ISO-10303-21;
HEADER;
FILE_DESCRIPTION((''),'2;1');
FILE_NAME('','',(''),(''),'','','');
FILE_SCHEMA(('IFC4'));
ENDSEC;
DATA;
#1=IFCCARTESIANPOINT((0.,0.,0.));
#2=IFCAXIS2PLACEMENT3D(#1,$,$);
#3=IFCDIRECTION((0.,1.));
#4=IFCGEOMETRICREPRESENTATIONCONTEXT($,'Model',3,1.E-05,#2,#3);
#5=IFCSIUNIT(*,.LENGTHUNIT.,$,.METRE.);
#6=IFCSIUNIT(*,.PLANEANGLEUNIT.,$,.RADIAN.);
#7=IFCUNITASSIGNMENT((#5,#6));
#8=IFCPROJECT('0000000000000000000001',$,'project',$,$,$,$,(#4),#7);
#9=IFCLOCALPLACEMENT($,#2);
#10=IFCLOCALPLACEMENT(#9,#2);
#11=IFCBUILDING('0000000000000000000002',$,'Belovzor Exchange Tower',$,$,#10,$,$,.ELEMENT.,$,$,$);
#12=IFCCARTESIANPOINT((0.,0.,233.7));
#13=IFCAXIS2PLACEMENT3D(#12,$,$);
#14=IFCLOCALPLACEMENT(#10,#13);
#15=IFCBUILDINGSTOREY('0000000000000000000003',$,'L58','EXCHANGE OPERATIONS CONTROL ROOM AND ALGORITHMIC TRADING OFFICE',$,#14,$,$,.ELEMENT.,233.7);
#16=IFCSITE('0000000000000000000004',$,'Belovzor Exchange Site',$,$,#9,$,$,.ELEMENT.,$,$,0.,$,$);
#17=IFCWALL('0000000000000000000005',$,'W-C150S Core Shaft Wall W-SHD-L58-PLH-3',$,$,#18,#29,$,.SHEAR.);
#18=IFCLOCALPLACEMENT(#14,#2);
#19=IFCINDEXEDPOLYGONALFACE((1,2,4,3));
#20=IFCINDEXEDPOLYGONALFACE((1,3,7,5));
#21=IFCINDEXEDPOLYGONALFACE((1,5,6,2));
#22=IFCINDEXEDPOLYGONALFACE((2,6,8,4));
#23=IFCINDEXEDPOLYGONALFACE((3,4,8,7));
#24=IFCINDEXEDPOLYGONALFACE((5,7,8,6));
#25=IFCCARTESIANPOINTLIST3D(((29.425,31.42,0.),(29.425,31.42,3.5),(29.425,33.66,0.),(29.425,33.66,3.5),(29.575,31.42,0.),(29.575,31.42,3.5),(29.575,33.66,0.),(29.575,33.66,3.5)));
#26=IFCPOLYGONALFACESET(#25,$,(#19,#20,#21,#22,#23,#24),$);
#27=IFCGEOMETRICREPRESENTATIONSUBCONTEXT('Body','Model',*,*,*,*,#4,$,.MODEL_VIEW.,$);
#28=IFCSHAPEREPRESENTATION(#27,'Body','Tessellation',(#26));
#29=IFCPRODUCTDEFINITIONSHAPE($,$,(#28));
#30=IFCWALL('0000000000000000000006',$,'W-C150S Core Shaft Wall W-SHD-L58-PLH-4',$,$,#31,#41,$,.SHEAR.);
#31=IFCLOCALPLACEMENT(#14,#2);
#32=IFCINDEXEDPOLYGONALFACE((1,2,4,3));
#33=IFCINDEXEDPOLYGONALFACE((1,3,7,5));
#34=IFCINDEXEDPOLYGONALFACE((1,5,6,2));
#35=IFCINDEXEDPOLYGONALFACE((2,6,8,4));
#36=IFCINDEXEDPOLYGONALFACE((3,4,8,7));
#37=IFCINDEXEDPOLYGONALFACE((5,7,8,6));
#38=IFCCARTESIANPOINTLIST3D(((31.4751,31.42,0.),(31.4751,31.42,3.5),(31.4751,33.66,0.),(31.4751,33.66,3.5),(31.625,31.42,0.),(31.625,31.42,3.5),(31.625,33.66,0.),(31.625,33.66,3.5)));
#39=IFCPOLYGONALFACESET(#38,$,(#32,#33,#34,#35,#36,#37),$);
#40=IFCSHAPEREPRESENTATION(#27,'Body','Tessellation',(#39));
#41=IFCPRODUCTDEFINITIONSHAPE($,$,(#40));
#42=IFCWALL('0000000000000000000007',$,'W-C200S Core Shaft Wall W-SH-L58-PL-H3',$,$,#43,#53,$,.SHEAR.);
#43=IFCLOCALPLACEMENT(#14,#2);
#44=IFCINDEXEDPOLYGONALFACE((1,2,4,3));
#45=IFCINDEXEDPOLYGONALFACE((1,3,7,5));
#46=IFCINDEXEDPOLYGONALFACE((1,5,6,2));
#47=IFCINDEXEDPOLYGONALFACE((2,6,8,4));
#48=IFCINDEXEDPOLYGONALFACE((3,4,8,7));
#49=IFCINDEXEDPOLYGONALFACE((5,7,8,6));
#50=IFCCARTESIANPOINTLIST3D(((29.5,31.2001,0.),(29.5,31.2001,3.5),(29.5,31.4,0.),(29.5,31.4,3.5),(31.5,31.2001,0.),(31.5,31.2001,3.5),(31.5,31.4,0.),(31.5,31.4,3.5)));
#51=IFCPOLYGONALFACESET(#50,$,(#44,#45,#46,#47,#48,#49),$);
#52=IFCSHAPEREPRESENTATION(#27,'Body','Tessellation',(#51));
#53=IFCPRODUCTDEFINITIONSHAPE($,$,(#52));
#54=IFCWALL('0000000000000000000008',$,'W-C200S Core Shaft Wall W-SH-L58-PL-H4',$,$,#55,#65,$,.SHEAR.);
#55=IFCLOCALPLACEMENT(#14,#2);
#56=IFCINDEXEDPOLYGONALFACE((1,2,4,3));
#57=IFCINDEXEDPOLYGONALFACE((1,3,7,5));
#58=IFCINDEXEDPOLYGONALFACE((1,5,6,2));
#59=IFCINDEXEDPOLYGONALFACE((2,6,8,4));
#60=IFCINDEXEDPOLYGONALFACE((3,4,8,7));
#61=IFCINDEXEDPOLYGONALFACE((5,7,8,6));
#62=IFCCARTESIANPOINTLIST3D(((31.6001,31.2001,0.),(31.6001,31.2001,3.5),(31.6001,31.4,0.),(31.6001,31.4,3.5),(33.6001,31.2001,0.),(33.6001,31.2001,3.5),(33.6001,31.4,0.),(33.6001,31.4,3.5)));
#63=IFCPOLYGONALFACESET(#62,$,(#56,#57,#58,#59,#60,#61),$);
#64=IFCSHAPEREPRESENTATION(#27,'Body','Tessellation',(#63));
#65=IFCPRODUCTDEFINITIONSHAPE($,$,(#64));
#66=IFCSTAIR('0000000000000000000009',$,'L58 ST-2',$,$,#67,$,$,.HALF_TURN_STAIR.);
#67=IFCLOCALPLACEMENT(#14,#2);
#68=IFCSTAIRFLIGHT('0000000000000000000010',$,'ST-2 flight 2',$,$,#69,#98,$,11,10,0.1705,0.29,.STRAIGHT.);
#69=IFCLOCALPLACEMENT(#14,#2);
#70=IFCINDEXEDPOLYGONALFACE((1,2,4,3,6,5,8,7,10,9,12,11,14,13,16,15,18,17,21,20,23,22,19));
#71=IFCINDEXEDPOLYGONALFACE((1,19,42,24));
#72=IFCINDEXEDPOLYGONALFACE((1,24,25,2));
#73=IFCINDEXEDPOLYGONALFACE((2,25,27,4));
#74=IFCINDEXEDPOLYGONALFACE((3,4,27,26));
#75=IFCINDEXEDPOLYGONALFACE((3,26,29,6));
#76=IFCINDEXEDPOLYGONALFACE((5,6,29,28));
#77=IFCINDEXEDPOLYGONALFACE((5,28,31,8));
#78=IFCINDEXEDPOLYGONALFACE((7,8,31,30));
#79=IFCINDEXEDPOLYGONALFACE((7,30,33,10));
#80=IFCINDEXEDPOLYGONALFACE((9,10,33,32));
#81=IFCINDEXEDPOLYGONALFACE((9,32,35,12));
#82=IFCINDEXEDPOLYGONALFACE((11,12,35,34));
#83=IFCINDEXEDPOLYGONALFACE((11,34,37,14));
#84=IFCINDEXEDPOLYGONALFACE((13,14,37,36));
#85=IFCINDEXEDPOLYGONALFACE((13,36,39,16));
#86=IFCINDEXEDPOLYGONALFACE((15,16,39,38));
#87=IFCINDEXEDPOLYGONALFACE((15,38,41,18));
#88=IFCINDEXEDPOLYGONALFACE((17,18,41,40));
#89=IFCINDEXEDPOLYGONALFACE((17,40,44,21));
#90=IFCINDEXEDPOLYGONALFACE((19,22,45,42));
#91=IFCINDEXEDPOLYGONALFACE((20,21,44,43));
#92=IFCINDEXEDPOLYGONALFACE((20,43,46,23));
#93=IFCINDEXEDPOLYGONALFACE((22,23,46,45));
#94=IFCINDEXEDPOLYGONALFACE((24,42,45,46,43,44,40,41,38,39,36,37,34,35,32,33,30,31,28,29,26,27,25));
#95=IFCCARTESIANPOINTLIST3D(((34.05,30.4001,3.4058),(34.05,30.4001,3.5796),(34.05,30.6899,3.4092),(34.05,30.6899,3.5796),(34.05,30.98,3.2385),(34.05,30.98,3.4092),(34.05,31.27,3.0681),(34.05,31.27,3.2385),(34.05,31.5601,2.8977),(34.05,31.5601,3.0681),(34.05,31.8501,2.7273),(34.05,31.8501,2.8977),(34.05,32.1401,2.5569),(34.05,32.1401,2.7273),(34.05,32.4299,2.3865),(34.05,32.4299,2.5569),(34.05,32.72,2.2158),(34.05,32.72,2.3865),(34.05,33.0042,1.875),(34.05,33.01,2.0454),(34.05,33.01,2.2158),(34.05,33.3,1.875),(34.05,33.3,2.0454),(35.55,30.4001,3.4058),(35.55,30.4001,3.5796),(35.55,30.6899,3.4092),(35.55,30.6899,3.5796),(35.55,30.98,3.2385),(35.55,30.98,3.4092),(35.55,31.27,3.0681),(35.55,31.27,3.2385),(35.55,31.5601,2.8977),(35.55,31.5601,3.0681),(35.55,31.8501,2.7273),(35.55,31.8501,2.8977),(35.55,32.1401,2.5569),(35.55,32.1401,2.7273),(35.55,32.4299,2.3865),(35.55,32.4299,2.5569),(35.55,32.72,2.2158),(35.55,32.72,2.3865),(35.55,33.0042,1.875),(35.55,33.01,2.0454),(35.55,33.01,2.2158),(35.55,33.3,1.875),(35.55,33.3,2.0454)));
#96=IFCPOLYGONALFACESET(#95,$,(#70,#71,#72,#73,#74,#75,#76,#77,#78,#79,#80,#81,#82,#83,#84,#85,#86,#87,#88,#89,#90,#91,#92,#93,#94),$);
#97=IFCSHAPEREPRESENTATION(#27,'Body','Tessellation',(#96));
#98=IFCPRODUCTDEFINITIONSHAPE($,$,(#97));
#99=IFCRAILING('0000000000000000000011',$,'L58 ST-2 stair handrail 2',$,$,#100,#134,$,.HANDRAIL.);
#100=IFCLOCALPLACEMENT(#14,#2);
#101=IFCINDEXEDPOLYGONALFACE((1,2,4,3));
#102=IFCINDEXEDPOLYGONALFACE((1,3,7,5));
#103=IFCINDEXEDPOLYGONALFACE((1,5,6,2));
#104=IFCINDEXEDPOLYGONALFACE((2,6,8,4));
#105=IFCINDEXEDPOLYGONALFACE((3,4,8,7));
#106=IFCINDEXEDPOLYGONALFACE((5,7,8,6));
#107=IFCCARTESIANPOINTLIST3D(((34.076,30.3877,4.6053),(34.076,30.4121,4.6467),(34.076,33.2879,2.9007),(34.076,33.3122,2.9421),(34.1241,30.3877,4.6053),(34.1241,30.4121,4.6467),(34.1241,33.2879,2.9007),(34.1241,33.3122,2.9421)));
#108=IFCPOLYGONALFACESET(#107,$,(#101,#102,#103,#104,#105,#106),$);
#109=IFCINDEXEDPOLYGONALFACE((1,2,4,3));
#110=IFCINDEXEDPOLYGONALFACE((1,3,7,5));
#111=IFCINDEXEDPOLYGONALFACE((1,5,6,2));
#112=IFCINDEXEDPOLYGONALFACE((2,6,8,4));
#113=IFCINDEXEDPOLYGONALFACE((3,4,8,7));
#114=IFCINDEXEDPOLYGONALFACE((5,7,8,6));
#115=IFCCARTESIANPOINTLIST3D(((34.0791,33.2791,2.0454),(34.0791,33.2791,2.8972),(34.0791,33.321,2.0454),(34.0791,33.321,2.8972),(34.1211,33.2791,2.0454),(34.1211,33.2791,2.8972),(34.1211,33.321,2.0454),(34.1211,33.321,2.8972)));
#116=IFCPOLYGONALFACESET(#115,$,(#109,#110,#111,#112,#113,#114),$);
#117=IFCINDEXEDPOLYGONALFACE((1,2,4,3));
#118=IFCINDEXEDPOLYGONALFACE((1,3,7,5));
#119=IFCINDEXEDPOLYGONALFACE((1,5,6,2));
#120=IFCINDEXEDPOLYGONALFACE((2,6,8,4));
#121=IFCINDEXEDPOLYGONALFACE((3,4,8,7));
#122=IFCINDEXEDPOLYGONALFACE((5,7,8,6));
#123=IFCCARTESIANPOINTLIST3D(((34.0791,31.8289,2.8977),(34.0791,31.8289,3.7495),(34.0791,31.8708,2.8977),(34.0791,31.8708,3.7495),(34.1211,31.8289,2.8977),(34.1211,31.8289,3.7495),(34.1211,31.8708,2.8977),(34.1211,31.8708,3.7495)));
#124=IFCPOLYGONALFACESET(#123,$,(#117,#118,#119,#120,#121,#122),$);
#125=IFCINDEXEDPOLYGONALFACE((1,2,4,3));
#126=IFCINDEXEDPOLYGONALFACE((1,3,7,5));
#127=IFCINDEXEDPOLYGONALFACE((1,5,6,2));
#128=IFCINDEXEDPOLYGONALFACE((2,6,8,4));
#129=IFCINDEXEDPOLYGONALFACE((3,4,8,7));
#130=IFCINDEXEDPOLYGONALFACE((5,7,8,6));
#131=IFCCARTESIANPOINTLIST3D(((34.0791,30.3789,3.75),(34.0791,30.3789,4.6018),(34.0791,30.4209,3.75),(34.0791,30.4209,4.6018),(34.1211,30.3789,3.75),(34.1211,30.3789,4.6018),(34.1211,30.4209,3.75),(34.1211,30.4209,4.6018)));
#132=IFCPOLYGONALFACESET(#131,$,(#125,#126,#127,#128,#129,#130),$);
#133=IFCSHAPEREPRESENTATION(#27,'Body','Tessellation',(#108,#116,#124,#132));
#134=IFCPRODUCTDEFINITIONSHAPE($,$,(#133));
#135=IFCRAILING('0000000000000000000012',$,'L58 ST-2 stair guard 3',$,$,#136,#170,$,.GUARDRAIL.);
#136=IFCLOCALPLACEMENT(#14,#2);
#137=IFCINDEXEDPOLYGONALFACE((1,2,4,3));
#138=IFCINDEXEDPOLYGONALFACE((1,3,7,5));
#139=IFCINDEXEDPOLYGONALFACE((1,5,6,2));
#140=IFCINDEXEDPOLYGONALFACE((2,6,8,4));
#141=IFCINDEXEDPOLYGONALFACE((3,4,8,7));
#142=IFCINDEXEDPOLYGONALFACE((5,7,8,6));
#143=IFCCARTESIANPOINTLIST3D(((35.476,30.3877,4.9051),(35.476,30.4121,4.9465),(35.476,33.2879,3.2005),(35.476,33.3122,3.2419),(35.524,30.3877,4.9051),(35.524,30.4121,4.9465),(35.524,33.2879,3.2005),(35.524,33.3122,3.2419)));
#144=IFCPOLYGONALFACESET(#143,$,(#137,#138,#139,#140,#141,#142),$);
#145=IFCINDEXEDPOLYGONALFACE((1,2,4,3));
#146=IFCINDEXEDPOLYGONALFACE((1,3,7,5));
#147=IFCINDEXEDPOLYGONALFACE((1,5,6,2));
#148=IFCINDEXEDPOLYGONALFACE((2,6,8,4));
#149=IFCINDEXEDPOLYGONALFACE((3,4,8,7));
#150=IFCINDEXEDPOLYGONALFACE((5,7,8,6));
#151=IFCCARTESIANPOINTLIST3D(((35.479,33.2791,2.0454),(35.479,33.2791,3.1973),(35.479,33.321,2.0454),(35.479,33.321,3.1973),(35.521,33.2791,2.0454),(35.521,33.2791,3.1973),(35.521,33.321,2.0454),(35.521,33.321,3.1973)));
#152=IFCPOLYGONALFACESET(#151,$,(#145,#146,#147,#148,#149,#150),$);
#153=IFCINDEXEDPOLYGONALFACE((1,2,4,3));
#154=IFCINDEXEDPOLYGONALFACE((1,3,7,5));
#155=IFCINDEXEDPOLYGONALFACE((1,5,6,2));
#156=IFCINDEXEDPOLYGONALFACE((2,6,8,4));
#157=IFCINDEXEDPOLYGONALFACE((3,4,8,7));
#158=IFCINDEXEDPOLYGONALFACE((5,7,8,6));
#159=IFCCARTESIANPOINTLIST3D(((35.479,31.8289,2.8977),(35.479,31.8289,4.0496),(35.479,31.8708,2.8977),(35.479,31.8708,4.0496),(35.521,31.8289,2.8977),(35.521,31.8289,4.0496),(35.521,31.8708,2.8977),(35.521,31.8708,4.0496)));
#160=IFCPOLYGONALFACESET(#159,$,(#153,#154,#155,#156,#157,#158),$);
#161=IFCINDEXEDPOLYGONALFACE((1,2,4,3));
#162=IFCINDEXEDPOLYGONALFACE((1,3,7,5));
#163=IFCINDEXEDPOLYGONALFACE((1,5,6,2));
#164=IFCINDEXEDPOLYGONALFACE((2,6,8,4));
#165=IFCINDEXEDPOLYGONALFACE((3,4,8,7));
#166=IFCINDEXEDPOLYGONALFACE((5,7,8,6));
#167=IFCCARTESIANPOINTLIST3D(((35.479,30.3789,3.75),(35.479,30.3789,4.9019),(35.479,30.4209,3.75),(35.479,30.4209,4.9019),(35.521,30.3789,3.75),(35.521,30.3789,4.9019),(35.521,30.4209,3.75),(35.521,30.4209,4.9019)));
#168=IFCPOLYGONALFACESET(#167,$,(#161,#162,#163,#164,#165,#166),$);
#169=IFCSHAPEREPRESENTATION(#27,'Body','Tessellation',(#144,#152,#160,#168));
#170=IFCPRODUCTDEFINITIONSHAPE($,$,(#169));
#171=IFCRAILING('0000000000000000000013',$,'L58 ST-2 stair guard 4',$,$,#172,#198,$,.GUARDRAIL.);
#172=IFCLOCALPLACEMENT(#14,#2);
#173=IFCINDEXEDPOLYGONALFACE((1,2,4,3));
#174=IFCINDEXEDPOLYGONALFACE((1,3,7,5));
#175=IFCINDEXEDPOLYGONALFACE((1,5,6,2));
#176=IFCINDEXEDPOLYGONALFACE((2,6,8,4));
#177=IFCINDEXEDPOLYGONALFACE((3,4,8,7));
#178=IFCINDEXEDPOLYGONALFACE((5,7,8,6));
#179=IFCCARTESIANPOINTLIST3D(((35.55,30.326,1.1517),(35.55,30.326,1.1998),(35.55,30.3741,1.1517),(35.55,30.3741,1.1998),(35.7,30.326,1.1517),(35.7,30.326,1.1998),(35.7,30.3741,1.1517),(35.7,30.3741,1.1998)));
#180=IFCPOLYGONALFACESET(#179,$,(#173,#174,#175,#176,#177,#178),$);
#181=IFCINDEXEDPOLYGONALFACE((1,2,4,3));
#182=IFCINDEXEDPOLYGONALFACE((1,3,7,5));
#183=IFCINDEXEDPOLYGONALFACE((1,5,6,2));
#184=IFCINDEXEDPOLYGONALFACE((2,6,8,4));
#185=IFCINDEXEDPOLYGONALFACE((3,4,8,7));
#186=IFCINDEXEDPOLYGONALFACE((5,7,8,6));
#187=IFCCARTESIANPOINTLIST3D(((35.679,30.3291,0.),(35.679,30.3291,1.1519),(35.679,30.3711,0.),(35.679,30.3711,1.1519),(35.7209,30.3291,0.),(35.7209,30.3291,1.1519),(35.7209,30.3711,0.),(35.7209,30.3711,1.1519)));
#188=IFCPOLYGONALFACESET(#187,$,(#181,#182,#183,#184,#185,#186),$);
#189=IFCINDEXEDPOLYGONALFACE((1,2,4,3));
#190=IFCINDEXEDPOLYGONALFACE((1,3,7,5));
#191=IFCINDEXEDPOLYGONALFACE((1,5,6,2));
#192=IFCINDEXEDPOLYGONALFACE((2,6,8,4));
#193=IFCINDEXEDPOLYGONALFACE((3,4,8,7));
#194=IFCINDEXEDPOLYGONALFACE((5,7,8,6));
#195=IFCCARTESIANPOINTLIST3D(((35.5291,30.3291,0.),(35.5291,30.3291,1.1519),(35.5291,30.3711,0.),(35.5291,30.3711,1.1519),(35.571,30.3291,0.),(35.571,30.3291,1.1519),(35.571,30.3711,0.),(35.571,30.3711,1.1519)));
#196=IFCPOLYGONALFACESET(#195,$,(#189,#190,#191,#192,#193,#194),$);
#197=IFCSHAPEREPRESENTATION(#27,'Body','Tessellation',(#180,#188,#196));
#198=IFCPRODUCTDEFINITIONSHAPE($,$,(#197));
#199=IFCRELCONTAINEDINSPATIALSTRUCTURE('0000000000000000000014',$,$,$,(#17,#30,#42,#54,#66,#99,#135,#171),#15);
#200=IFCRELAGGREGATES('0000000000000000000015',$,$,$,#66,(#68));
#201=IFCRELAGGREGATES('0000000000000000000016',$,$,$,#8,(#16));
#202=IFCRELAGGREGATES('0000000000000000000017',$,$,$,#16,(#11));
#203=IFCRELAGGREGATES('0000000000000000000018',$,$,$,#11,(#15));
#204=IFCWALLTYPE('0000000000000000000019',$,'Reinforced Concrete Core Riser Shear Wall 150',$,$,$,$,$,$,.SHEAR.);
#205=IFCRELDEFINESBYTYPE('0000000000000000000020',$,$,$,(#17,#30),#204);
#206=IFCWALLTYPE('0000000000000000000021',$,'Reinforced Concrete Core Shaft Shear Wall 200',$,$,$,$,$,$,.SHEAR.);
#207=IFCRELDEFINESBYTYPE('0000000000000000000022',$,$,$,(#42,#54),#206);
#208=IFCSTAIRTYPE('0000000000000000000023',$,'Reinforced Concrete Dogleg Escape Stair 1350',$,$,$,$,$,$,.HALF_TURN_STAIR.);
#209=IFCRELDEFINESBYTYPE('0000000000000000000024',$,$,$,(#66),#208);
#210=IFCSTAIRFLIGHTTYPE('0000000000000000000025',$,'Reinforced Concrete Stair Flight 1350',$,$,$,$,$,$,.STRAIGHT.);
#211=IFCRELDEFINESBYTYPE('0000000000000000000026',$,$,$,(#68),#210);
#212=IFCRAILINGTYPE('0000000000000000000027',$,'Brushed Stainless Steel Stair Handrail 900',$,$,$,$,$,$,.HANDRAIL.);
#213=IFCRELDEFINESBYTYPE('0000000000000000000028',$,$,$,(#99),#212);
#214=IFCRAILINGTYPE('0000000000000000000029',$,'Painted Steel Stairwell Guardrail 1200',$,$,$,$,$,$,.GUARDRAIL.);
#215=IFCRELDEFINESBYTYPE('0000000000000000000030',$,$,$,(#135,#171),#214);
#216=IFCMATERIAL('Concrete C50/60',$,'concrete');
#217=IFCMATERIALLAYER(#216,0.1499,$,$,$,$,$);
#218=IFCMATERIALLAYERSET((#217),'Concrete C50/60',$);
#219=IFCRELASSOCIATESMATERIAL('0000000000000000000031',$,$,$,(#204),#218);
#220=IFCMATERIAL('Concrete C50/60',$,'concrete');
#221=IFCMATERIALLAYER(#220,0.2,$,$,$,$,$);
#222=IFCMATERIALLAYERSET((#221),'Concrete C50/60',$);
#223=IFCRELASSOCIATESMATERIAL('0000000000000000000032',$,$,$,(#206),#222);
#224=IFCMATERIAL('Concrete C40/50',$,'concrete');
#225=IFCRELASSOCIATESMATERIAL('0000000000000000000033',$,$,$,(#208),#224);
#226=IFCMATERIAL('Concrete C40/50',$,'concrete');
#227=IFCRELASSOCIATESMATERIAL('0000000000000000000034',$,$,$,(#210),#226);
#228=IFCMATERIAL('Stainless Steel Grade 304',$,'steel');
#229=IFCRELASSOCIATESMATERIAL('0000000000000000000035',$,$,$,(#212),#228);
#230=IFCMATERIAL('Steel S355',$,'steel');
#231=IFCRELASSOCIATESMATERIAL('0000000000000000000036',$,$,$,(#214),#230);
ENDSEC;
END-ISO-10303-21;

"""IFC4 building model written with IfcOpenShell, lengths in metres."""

from ifc_helpers import new_model, si_unit, direction, frame, frame_2d, origin, origin_2d, place, context, subcontext, project, spatial, polyline, rectangle, outline, extrude, material, layer, layer_set, type_object, element, aggregate, save


model = new_model("IFC4")

# Units and contexts
model_context = context("Model", 3, precision=1e-05, world=origin(), true_north=direction((0.0, 1.0)))
body_context = subcontext(model_context, "Body", "Model", "MODEL_VIEW")
ifc_project = project(units=[si_unit("LENGTHUNIT", "METRE"), si_unit("PLANEANGLEUNIT", "RADIAN")], contexts=[model_context])

# Site, building, storey
site_placement = place(None, origin())
site = spatial("IfcSite", under=ifc_project, at=site_placement, Name="Belovzor Exchange Site", CompositionType="ELEMENT", RefElevation=0.0)
building_placement = place(site_placement, origin())
building = spatial("IfcBuilding", under=site, at=building_placement, Name="Belovzor Exchange Tower", CompositionType="ELEMENT")
storey_placement = place(building_placement, frame((0.0, 0.0, 233.7)))
storey = spatial("IfcBuildingStorey", under=building, at=storey_placement, Name="L58", Description="EXCHANGE OPERATIONS CONTROL ROOM AND ALGORITHMIC TRADING OFFICE", CompositionType="ELEMENT", Elevation=233.7)

# Walls
ifc_material_1 = material(Name="Concrete C50/60", Category="concrete")
ifc_layer_1 = layer(ifc_material_1, 0.1499)
ifc_layer_set_1 = layer_set([ifc_layer_1], Name="Concrete C50/60")
wall_type_1 = type_object("IfcWallType", Name="Reinforced Concrete Core Riser Shear Wall 150", PredefinedType="SHEAR", material=ifc_layer_set_1)
for number, where, z_axis, x_axis, name in (
    (1, (29.5, 31.4199, 0.0), (0.0, 0.0, 1.0), (0.0, 1.0, 0.0), "W-C150S Core Shaft Wall W-SHD-L58-PLH-3"),
    (2, (31.55, 31.4199, 0.0), (0.0, 0.0, 1.0), (0.0, 1.0, 0.0), "W-C150S Core Shaft Wall W-SHD-L58-PLH-4"),
):
    element("IfcWall", number, at=place(storey_placement, frame(where, z_axis=z_axis, x_axis=x_axis)), inside=storey, type_object=wall_type_1, Name=name, PredefinedType="SHEAR", context=body_context, shape_type="SweptSolid", body=[
        extrude(rectangle(XDim=2.24, YDim=0.1499, at=frame_2d((1.1201, 0.0))), origin(), (0.0, 0.0, 1.0), 3.5),
    ])
ifc_material_2 = material(Name="Concrete C50/60", Category="concrete")
ifc_layer_2 = layer(ifc_material_2, 0.2)
ifc_layer_set_2 = layer_set([ifc_layer_2], Name="Concrete C50/60")
wall_type_2 = type_object("IfcWallType", Name="Reinforced Concrete Core Shaft Shear Wall 200", PredefinedType="SHEAR", material=ifc_layer_set_2)
for number, where, z_axis, x_axis, name in (
    (3, (29.5, 31.3, 0.0), (0.0, 0.0, 1.0), (1.0, 0.0, 0.0), "W-C200S Core Shaft Wall W-SH-L58-PL-H3"),
    (4, (31.6001, 31.3, 0.0), (0.0, 0.0, 1.0), (1.0, 0.0, 0.0), "W-C200S Core Shaft Wall W-SH-L58-PL-H4"),
):
    element("IfcWall", number, at=place(storey_placement, frame(where, z_axis=z_axis, x_axis=x_axis)), inside=storey, type_object=wall_type_2, Name=name, PredefinedType="SHEAR", context=body_context, shape_type="SweptSolid", body=[
        extrude(rectangle(XDim=2.0, YDim=0.2, at=frame_2d((1.0, 0.0))), origin(), (0.0, 0.0, 1.0), 3.5),
    ])

# Stair, stair flight
ifc_material_3 = material(Name="Concrete C40/50", Category="concrete")
stair_type = type_object("IfcStairType", Name="Reinforced Concrete Dogleg Escape Stair 1350", PredefinedType="HALF_TURN_STAIR", material=ifc_material_3)
stair_placement = place(storey_placement, origin())
stair = element("IfcStair", 5, at=stair_placement, inside=storey, type_object=stair_type, Name="L58 ST-2", PredefinedType="HALF_TURN_STAIR")
ifc_material_4 = material(Name="Concrete C40/50", Category="concrete")
stair_flight_type = type_object("IfcStairFlightType", Name="Reinforced Concrete Stair Flight 1350", PredefinedType="STRAIGHT", material=ifc_material_4)
stair_flight_placement = place(storey_placement, frame((34.8, 33.3, 1.875), z_axis=(0.0, 0.0, 1.0), x_axis=(0.0, -1.0, 0.0)))
stair_flight = element("IfcStairFlight", 6, at=stair_flight_placement, type_object=stair_flight_type, Name="ST-2 flight 2", NumberOfRisers=11, NumberOfTreads=10, PredefinedType="STRAIGHT", RiserHeight=0.1705, TreadLength=0.29, context=body_context, shape_type="SweptSolid", body=[
    extrude(outline(polyline([(0.0, 0.0), (0.0, 0.1704), (0.29, 0.1704), (0.29, 0.3408), (0.5801, 0.3408), (0.5801, 0.5115), (0.8701, 0.5115), (0.8701, 0.6819), (1.1599, 0.6819), (1.1599, 0.8523), (1.45, 0.8523), (1.45, 1.0227), (1.74, 1.0227), (1.74, 1.1931), (2.03, 1.1931), (2.03, 1.3635), (2.3201, 1.3635), (2.3201, 1.5342), (2.6101, 1.5342), (2.6101, 1.7046), (2.8999, 1.7046), (2.8999, 1.875), (2.8999, 1.5308), (0.2959, 0.0), (0.0, 0.0)])), frame((0.0, 0.75, 0.0), z_axis=(0.0, -1.0, 0.0), x_axis=(1.0, 0.0, 0.0)), (0.0, 0.0, 1.0), 1.5),
])
aggregate(stair, [stair_flight])

# Railings
ifc_material_5 = material(Name="Stainless Steel Grade 304", Category="steel")
railing_type_1 = type_object("IfcRailingType", Name="Brushed Stainless Steel Stair Handrail 900", PredefinedType="HANDRAIL", material=ifc_material_5)
railing_1_placement = place(storey_placement, frame((34.1001, 33.3, 2.0454)))
element("IfcRailing", 7, at=railing_1_placement, inside=storey, type_object=railing_type_1, Name="L58 ST-2 stair handrail 2", PredefinedType="HANDRAIL", context=body_context, shape_type="SweptSolid", body=[
    extrude(rectangle(XDim=0.0481, YDim=0.0481, at=origin_2d()), frame((0.0, 0.0, 0.876), z_axis=(0.0, -0.862113, 0.506716), x_axis=(1.0, 0.0, 0.0)), (0.0, 0.0, 1.0), 3.364),
    extrude(rectangle(XDim=0.042, YDim=0.042, at=origin_2d()), origin(), (0.0, 0.0, 1.0), 0.8518),
    extrude(rectangle(XDim=0.042, YDim=0.042, at=origin_2d()), frame((0.0, -1.4502, 0.8523)), (0.0, 0.0, 1.0), 0.8518),
    extrude(rectangle(XDim=0.042, YDim=0.042, at=origin_2d()), frame((0.0, -2.9001, 1.7046)), (0.0, 0.0, 1.0), 0.8518),
])
ifc_material_6 = material(Name="Steel S355", Category="steel")
railing_type_2 = type_object("IfcRailingType", Name="Painted Steel Stairwell Guardrail 1200", PredefinedType="GUARDRAIL", material=ifc_material_6)
railing_2_placement = place(storey_placement, frame((35.5, 33.3, 2.0454)))
element("IfcRailing", 8, at=railing_2_placement, inside=storey, type_object=railing_type_2, Name="L58 ST-2 stair guard 3", PredefinedType="GUARDRAIL", context=body_context, shape_type="SweptSolid", body=[
    extrude(rectangle(XDim=0.0481, YDim=0.0481, at=origin_2d()), frame((0.0, 0.0, 1.1758), z_axis=(0.0, -0.862113, 0.506716), x_axis=(1.0, 0.0, 0.0)), (0.0, 0.0, 1.0), 3.364),
    extrude(rectangle(XDim=0.042, YDim=0.042, at=origin_2d()), origin(), (0.0, 0.0, 1.0), 1.1519),
    extrude(rectangle(XDim=0.042, YDim=0.042, at=origin_2d()), frame((0.0, -1.4502, 0.8523)), (0.0, 0.0, 1.0), 1.1519),
    extrude(rectangle(XDim=0.042, YDim=0.042, at=origin_2d()), frame((0.0, -2.9001, 1.7046)), (0.0, 0.0, 1.0), 1.1519),
])
railing_3_placement = place(storey_placement, frame((35.7, 30.3501, 0.0)))
element("IfcRailing", 9, at=railing_3_placement, inside=storey, type_object=railing_type_2, Name="L58 ST-2 stair guard 4", PredefinedType="GUARDRAIL", context=body_context, shape_type="SweptSolid", body=[
    extrude(rectangle(XDim=0.0481, YDim=0.0481, at=origin_2d()), frame((0.0, 0.0, 1.1758), z_axis=(-1.0, 0.0, 0.0), x_axis=(0.0, -1.0, 0.0)), (0.0, 0.0, 1.0), 0.1499),
    extrude(rectangle(XDim=0.042, YDim=0.042, at=origin_2d()), origin(), (0.0, 0.0, 1.0), 1.1519),
    extrude(rectangle(XDim=0.042, YDim=0.042, at=origin_2d()), frame((-0.1499, 0.0, 0.0)), (0.0, 0.0, 1.0), 1.1519),
])

save(model, "model.ifc")
